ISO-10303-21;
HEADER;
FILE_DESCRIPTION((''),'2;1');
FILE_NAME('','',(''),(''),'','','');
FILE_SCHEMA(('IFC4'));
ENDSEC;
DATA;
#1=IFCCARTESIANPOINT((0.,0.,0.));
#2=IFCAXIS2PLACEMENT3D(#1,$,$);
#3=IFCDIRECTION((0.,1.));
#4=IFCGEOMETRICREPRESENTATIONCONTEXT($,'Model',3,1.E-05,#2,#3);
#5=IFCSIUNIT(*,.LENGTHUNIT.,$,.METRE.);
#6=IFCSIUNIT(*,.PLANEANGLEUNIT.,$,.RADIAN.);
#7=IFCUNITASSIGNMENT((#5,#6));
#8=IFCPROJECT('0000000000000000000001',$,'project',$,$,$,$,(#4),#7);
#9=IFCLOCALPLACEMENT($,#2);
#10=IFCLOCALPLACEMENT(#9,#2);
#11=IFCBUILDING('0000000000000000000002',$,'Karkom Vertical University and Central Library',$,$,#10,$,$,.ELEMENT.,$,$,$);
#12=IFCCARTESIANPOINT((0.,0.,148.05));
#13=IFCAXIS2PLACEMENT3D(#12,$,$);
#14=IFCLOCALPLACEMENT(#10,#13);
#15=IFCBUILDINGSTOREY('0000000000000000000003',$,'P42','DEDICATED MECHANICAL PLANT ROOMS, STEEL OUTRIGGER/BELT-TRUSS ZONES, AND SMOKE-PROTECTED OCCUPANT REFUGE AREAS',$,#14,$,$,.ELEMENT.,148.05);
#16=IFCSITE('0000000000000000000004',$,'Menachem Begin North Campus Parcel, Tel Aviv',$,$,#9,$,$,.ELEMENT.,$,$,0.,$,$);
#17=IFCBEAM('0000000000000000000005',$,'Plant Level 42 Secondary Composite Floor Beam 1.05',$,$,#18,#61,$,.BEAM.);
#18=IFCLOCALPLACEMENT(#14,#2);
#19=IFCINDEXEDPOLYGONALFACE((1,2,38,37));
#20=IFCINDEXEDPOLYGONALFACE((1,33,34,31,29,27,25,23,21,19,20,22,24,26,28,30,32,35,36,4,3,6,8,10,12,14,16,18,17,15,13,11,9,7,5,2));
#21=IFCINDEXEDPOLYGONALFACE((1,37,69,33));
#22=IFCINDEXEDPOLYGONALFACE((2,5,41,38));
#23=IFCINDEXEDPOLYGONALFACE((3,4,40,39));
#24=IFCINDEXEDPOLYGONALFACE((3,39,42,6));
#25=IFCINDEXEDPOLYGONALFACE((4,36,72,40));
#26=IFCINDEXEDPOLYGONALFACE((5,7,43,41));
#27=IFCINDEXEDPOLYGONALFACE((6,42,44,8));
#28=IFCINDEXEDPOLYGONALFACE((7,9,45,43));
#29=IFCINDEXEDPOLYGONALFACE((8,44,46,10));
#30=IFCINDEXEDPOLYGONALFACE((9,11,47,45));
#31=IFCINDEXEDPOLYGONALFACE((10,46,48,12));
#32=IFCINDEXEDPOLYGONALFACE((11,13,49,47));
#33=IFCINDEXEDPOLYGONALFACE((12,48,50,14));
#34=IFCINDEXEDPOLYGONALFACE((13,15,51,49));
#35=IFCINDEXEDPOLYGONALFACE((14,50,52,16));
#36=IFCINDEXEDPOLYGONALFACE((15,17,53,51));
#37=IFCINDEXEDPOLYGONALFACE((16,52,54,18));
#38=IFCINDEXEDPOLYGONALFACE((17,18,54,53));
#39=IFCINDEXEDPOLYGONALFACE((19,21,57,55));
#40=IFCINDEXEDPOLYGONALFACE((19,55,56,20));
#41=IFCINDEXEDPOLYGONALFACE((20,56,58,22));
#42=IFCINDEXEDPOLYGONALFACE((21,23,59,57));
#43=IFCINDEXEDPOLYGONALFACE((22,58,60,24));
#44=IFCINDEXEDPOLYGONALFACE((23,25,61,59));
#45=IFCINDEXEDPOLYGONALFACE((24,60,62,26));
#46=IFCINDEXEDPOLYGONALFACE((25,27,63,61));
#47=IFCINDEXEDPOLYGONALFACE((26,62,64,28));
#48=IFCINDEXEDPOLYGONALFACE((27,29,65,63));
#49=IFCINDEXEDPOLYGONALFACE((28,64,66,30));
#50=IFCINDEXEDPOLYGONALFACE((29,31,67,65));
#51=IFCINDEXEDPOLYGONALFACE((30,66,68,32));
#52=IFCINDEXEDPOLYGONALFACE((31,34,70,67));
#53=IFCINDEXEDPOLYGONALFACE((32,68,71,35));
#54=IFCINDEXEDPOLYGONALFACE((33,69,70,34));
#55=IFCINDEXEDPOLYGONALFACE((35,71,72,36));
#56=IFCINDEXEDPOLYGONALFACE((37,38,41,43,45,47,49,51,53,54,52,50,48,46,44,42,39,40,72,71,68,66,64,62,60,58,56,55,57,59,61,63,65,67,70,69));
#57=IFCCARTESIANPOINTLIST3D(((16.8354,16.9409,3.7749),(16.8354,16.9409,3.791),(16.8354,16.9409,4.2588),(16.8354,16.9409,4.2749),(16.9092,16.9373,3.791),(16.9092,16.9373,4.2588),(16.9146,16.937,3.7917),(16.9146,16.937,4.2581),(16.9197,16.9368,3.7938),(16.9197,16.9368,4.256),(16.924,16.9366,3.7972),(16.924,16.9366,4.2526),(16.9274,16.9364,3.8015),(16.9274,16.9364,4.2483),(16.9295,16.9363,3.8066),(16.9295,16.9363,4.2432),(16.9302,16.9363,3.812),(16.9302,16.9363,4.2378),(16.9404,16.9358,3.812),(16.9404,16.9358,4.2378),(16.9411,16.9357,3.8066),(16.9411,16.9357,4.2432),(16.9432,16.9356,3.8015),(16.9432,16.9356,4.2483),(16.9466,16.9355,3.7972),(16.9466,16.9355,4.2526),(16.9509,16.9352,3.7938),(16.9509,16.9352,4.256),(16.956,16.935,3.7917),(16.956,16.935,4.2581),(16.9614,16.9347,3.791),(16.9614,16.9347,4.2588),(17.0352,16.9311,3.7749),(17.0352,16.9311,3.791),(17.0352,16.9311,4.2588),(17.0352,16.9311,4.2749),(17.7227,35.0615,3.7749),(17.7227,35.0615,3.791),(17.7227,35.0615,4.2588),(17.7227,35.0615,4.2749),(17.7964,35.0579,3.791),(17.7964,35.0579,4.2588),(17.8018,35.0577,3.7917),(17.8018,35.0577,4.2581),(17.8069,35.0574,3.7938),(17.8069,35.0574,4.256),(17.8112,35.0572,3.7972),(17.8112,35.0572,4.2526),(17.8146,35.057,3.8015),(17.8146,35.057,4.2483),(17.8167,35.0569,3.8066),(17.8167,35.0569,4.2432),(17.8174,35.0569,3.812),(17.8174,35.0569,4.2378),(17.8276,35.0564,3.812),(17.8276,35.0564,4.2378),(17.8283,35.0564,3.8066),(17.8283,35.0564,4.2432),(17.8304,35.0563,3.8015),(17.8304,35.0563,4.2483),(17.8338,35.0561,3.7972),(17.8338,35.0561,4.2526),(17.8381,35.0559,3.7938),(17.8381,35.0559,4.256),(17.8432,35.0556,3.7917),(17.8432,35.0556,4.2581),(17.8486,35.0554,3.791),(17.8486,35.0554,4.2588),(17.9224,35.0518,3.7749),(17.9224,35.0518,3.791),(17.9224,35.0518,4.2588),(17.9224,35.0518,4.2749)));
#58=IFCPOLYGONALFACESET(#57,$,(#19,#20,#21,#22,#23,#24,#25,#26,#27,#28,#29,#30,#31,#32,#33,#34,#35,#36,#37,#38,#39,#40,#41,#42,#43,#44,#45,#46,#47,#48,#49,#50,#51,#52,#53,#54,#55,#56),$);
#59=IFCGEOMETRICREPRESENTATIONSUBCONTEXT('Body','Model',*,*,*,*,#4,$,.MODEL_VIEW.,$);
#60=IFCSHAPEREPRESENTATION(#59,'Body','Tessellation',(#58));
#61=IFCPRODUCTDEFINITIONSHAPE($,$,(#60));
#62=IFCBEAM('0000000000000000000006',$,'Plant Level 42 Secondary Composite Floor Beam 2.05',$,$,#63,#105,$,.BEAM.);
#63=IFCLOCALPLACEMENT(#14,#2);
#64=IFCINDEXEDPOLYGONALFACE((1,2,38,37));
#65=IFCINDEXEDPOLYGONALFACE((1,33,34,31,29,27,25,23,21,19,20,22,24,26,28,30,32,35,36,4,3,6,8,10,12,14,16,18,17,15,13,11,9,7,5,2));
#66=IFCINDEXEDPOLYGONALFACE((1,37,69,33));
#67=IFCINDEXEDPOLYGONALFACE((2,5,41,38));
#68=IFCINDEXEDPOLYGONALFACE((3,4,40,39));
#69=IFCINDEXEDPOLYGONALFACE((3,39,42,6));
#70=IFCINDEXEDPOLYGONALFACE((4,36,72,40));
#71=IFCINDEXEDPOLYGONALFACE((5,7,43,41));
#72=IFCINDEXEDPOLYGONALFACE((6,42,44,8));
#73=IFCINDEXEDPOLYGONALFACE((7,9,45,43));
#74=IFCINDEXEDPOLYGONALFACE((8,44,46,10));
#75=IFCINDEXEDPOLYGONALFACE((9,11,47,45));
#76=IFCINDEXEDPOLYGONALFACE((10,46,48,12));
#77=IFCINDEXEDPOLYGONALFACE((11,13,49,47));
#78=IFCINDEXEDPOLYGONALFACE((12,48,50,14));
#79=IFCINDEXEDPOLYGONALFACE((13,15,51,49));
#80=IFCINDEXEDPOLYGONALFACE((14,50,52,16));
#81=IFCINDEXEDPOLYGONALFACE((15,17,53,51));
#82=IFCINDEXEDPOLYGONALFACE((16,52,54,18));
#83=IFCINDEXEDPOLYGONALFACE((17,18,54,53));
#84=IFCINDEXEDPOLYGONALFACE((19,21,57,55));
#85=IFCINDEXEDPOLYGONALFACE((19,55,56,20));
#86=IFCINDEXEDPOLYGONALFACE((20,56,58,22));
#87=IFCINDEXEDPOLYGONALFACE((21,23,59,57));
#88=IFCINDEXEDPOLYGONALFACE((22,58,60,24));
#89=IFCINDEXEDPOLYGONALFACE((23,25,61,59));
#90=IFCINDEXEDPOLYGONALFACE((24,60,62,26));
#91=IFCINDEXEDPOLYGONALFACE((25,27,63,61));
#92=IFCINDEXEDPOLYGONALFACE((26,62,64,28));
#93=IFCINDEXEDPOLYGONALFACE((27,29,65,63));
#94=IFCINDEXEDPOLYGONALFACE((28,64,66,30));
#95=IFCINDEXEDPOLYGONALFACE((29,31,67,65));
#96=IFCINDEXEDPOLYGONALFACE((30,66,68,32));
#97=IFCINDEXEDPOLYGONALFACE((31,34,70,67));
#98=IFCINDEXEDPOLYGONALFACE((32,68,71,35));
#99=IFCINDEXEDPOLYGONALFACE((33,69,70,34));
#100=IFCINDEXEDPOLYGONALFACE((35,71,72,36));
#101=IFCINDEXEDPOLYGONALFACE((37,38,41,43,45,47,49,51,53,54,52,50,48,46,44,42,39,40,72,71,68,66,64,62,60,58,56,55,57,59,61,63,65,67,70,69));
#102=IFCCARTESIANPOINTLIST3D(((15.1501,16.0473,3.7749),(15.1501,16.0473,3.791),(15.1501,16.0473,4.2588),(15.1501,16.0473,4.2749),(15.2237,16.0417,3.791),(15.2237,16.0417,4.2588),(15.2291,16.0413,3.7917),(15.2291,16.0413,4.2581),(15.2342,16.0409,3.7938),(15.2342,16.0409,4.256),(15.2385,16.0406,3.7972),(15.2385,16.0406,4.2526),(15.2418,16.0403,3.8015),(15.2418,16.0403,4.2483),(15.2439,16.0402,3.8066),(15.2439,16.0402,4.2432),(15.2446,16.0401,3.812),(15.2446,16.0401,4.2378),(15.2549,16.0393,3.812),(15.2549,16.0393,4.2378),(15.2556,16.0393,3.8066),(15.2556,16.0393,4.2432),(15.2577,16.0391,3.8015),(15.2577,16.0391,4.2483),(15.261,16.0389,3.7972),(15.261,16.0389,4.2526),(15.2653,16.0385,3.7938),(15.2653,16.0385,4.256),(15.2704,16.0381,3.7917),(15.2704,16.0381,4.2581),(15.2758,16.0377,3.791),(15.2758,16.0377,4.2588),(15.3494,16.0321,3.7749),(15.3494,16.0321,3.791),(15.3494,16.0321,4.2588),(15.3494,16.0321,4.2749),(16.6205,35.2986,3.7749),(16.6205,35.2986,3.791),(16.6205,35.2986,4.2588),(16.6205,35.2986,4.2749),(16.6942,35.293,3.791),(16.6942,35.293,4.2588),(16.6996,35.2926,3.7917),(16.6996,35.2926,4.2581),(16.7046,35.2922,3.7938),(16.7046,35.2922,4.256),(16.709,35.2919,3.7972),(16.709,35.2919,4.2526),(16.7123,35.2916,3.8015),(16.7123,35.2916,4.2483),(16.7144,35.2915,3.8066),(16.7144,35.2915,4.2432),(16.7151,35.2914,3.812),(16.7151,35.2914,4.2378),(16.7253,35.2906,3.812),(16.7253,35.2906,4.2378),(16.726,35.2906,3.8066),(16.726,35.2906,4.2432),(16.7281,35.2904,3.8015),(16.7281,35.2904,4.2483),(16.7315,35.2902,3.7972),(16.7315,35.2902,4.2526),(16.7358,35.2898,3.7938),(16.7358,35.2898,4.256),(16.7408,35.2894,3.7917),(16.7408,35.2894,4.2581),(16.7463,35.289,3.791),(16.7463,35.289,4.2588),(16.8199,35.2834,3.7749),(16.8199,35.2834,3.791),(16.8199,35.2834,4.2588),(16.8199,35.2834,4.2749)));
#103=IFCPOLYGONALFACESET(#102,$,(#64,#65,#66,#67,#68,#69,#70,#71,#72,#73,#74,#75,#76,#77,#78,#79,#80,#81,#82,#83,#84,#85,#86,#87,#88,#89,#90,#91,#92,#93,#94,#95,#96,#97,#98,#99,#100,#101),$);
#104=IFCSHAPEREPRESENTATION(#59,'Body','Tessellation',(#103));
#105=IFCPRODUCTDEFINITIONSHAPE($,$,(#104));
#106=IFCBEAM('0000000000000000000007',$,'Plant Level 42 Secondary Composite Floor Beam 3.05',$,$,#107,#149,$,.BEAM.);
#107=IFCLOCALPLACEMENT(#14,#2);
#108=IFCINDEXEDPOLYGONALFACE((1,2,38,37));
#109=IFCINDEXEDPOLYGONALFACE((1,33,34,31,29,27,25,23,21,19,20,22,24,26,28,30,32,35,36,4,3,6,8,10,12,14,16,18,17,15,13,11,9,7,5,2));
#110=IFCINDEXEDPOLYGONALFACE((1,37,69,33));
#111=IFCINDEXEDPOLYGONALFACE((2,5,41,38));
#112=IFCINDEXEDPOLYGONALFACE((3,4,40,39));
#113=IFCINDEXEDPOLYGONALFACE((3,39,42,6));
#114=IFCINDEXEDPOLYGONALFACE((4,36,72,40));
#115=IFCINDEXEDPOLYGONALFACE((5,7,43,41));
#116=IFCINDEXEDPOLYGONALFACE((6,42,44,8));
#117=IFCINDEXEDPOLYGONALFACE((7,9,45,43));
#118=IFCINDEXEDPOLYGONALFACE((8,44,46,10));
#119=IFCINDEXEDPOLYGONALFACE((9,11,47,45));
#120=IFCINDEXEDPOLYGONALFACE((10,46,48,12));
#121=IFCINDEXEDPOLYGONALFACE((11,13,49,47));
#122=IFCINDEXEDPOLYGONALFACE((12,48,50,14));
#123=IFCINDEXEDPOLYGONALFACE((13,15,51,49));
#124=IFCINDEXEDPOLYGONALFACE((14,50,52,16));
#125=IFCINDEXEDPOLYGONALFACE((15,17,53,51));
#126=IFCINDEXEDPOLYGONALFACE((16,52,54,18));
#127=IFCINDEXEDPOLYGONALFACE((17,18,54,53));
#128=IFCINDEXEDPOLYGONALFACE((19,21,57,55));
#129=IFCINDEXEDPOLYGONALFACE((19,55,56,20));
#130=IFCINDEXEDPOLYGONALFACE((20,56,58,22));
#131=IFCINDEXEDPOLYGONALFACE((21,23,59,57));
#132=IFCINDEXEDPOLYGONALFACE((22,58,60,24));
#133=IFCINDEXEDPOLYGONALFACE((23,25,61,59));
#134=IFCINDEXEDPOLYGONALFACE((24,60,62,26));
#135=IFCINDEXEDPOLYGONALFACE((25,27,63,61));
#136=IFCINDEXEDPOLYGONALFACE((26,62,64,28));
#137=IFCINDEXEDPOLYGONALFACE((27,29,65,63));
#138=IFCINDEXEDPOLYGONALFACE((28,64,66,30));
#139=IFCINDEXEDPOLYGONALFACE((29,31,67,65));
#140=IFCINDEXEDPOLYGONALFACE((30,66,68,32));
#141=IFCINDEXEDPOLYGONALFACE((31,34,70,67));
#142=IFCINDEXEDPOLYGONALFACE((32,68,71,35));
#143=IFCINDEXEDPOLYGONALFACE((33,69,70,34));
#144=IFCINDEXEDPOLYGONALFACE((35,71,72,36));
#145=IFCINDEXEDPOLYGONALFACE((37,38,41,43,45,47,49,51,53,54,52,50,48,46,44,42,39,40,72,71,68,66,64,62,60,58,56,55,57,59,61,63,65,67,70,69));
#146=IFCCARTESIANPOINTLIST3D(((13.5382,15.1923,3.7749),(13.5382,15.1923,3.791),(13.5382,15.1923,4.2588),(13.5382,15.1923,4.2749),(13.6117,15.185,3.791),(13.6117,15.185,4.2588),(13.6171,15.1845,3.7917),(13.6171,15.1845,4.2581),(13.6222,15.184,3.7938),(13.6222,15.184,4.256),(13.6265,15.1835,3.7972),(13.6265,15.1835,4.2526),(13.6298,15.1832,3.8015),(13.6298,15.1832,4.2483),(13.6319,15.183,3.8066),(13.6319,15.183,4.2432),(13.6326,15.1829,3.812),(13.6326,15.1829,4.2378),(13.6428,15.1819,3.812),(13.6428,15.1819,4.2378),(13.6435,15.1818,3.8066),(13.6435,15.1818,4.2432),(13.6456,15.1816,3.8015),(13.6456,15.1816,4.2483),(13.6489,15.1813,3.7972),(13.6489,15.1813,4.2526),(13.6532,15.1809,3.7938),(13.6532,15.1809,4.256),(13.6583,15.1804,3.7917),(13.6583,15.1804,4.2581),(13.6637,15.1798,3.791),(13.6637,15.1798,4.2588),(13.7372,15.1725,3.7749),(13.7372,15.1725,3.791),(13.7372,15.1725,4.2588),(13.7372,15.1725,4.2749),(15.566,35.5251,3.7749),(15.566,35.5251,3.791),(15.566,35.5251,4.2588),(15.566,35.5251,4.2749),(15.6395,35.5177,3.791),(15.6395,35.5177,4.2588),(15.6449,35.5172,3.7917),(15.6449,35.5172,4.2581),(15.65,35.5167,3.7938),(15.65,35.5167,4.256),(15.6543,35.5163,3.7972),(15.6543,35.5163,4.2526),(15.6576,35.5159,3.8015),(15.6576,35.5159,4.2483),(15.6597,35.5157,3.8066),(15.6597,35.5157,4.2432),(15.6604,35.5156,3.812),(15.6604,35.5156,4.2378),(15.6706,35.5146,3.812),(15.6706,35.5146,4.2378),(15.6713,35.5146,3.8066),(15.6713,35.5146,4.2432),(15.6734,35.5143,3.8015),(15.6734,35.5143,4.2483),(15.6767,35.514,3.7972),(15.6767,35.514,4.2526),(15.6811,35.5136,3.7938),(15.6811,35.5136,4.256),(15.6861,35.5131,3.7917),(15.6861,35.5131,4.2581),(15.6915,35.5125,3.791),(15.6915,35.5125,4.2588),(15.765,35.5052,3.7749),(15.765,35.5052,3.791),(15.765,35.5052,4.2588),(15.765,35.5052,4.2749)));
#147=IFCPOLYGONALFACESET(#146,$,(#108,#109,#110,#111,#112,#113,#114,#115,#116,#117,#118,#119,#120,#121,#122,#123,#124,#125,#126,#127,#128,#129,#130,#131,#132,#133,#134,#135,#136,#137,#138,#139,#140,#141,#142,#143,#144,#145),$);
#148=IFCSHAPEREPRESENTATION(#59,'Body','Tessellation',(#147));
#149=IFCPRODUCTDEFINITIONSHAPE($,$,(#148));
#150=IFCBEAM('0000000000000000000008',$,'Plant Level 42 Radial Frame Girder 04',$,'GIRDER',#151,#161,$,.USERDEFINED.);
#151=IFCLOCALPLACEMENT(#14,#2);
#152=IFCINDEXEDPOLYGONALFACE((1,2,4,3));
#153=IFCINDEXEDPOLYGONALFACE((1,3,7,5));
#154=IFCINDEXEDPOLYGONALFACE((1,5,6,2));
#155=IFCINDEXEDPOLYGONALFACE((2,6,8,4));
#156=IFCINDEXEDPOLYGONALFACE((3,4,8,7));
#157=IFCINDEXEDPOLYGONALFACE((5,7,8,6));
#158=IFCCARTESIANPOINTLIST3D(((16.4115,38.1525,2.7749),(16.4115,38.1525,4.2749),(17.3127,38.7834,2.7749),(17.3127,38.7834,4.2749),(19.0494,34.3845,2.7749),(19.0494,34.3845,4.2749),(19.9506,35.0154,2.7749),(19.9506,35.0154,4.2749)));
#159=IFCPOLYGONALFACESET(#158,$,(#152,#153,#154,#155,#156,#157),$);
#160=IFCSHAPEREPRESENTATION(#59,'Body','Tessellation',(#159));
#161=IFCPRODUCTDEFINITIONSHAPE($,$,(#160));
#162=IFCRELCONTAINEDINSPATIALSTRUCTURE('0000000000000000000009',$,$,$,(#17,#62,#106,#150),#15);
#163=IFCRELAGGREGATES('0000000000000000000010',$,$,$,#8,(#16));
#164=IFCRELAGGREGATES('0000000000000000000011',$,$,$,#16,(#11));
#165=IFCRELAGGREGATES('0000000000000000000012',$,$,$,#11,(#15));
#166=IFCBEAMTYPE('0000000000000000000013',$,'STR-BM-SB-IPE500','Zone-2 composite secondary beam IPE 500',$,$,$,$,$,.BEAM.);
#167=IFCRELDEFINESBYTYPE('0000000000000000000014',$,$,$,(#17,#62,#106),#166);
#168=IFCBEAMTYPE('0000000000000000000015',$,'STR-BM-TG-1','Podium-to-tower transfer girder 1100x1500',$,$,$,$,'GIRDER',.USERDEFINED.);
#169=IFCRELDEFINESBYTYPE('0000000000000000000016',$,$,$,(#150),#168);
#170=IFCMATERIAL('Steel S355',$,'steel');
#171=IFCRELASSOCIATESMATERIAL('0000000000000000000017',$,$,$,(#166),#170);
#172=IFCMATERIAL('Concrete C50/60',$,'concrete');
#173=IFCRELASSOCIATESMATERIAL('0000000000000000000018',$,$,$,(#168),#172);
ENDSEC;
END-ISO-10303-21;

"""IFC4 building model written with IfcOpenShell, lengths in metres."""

from ifc_helpers import new_model, si_unit, direction, frame, origin, origin_with_axes, origin_2d, place, context, subcontext, project, spatial, rectangle, i_section, extrude, source, transform, mapped, material, material_profile, profile_set, type_object, element, save


model = new_model("IFC4")

# Units and contexts
model_context = context("Model", 3, precision=1e-05, world=origin(), true_north=direction((0.0, 1.0)))
body_context = subcontext(model_context, "Body", "Model", "MODEL_VIEW")
ifc_project = project(units=[si_unit("LENGTHUNIT", "METRE"), si_unit("PLANEANGLEUNIT", "RADIAN")], contexts=[model_context])

# Site, building, storey
site_placement = place(None, origin())
site = spatial("IfcSite", under=ifc_project, at=site_placement, Name="Menachem Begin North Campus Parcel, Tel Aviv", CompositionType="ELEMENT", RefElevation=0.0)
building_placement = place(site_placement, origin())
building = spatial("IfcBuilding", under=site, at=building_placement, Name="Karkom Vertical University and Central Library", CompositionType="ELEMENT")
storey_placement = place(building_placement, frame((0.0, 0.0, 148.05)))
storey = spatial("IfcBuildingStorey", under=building, at=storey_placement, Name="P42", Description="DEDICATED MECHANICAL PLANT ROOMS, STEEL OUTRIGGER/BELT-TRUSS ZONES, AND SMOKE-PROTECTED OCCUPANT REFUGE AREAS", CompositionType="ELEMENT", Elevation=148.05)

# Shared definitions
ifc_material_1 = material(Name="Concrete C50/60", Category="concrete")

# Shared definitions
ifc_material_2 = material(Name="Steel S355", Category="steel")

# Beams
ifc_material_profile_1 = material_profile(ifc_material_2, i_section(OverallWidth=0.2, OverallDepth=0.5, WebThickness=0.0103, FlangeThickness=0.0161, FilletRadius=0.021, at=origin_2d()), Name="IPE 500")
ifc_profile_set_1 = profile_set([ifc_material_profile_1], Name="Steel S355")
beam_type_1 = type_object("IfcBeamType", Name="STR-BM-SB-IPE500", Description="Zone-2 composite secondary beam IPE 500", PredefinedType="BEAM", material=ifc_profile_set_1)
shared_shape_1 = source(origin_with_axes(), body_context, "Body", "SweptSolid", [
    extrude(i_section(OverallWidth=0.2, OverallDepth=0.5, WebThickness=0.0103, FlangeThickness=0.0161, FilletRadius=0.021, at=origin_2d()), origin(), (0.0, 0.0, 1.0), 18.1423),
])
beam_1_placement = place(storey_placement, frame((17.8225, 35.0566, 4.0249), z_axis=(-0.048903, -0.998804, 0.0), x_axis=(0.998804, -0.048903, 0.0)))
element("IfcBeam", 1, at=beam_1_placement, inside=storey, type_object=beam_type_1, Name="Plant Level 42 Secondary Composite Floor Beam 1.05", PredefinedType="BEAM", context=body_context, shape_type="MappedRepresentation", body=[
    mapped(shared_shape_1, transform((0.0, 0.0, 0.0), scale=1.0)),
])
shared_shape_2 = source(origin_with_axes(), body_context, "Body", "SweptSolid", [
    extrude(i_section(OverallWidth=0.2, OverallDepth=0.5, WebThickness=0.0103, FlangeThickness=0.0161, FilletRadius=0.021, at=origin_2d()), origin(), (0.0, 0.0, 1.0), 19.3074),
])
beam_2_placement = place(storey_placement, frame((16.7202, 35.291, 4.0249), z_axis=(-0.076161, -0.997096, 0.0), x_axis=(0.997096, -0.076161, 0.0)))
element("IfcBeam", 2, at=beam_2_placement, inside=storey, type_object=beam_type_1, Name="Plant Level 42 Secondary Composite Floor Beam 2.05", PredefinedType="BEAM", context=body_context, shape_type="MappedRepresentation", body=[
    mapped(shared_shape_2, transform((0.0, 0.0, 0.0), scale=1.0)),
])
shared_shape_3 = source(origin_with_axes(), body_context, "Body", "SweptSolid", [
    extrude(i_section(OverallWidth=0.2, OverallDepth=0.5, WebThickness=0.0103, FlangeThickness=0.0161, FilletRadius=0.021, at=origin_2d()), origin(), (0.0, 0.0, 1.0), 20.4336),
])
beam_3_placement = place(storey_placement, frame((15.6655, 35.5151, 4.0249), z_axis=(-0.09924, -0.995064, 0.0), x_axis=(0.995064, -0.09924, 0.0)))
element("IfcBeam", 3, at=beam_3_placement, inside=storey, type_object=beam_type_1, Name="Plant Level 42 Secondary Composite Floor Beam 3.05", PredefinedType="BEAM", context=body_context, shape_type="MappedRepresentation", body=[
    mapped(shared_shape_3, transform((0.0, 0.0, 0.0), scale=1.0)),
])
ifc_material_profile_2 = material_profile(ifc_material_1, rectangle(XDim=1.1001, YDim=1.5, at=origin_2d()), Name="TG-1100x1500")
ifc_profile_set_2 = profile_set([ifc_material_profile_2], Name="Concrete C50/60")
beam_type_2 = type_object("IfcBeamType", Name="STR-BM-TG-1", Description="Podium-to-tower transfer girder 1100x1500", ElementType="GIRDER", PredefinedType="USERDEFINED", material=ifc_profile_set_2)
shared_shape_4 = source(origin_with_axes(), body_context, "Body", "SweptSolid", [
    extrude(rectangle(XDim=1.1001, YDim=1.5, at=origin_2d()), origin(), (0.0, 0.0, 1.0), 4.5996),
])
beam_4_placement = place(storey_placement, frame((19.5, 34.7, 3.5249), z_axis=(-0.573505, 0.819202, 0.0), x_axis=(-0.819202, -0.573505, 0.0)))
element("IfcBeam", 4, at=beam_4_placement, inside=storey, type_object=beam_type_2, Name="Plant Level 42 Radial Frame Girder 04", ObjectType="GIRDER", PredefinedType="USERDEFINED", context=body_context, shape_type="MappedRepresentation", body=[
    mapped(shared_shape_4, transform((0.0, 0.0, 0.0), scale=1.0)),
])

save(model, "model.ifc")
